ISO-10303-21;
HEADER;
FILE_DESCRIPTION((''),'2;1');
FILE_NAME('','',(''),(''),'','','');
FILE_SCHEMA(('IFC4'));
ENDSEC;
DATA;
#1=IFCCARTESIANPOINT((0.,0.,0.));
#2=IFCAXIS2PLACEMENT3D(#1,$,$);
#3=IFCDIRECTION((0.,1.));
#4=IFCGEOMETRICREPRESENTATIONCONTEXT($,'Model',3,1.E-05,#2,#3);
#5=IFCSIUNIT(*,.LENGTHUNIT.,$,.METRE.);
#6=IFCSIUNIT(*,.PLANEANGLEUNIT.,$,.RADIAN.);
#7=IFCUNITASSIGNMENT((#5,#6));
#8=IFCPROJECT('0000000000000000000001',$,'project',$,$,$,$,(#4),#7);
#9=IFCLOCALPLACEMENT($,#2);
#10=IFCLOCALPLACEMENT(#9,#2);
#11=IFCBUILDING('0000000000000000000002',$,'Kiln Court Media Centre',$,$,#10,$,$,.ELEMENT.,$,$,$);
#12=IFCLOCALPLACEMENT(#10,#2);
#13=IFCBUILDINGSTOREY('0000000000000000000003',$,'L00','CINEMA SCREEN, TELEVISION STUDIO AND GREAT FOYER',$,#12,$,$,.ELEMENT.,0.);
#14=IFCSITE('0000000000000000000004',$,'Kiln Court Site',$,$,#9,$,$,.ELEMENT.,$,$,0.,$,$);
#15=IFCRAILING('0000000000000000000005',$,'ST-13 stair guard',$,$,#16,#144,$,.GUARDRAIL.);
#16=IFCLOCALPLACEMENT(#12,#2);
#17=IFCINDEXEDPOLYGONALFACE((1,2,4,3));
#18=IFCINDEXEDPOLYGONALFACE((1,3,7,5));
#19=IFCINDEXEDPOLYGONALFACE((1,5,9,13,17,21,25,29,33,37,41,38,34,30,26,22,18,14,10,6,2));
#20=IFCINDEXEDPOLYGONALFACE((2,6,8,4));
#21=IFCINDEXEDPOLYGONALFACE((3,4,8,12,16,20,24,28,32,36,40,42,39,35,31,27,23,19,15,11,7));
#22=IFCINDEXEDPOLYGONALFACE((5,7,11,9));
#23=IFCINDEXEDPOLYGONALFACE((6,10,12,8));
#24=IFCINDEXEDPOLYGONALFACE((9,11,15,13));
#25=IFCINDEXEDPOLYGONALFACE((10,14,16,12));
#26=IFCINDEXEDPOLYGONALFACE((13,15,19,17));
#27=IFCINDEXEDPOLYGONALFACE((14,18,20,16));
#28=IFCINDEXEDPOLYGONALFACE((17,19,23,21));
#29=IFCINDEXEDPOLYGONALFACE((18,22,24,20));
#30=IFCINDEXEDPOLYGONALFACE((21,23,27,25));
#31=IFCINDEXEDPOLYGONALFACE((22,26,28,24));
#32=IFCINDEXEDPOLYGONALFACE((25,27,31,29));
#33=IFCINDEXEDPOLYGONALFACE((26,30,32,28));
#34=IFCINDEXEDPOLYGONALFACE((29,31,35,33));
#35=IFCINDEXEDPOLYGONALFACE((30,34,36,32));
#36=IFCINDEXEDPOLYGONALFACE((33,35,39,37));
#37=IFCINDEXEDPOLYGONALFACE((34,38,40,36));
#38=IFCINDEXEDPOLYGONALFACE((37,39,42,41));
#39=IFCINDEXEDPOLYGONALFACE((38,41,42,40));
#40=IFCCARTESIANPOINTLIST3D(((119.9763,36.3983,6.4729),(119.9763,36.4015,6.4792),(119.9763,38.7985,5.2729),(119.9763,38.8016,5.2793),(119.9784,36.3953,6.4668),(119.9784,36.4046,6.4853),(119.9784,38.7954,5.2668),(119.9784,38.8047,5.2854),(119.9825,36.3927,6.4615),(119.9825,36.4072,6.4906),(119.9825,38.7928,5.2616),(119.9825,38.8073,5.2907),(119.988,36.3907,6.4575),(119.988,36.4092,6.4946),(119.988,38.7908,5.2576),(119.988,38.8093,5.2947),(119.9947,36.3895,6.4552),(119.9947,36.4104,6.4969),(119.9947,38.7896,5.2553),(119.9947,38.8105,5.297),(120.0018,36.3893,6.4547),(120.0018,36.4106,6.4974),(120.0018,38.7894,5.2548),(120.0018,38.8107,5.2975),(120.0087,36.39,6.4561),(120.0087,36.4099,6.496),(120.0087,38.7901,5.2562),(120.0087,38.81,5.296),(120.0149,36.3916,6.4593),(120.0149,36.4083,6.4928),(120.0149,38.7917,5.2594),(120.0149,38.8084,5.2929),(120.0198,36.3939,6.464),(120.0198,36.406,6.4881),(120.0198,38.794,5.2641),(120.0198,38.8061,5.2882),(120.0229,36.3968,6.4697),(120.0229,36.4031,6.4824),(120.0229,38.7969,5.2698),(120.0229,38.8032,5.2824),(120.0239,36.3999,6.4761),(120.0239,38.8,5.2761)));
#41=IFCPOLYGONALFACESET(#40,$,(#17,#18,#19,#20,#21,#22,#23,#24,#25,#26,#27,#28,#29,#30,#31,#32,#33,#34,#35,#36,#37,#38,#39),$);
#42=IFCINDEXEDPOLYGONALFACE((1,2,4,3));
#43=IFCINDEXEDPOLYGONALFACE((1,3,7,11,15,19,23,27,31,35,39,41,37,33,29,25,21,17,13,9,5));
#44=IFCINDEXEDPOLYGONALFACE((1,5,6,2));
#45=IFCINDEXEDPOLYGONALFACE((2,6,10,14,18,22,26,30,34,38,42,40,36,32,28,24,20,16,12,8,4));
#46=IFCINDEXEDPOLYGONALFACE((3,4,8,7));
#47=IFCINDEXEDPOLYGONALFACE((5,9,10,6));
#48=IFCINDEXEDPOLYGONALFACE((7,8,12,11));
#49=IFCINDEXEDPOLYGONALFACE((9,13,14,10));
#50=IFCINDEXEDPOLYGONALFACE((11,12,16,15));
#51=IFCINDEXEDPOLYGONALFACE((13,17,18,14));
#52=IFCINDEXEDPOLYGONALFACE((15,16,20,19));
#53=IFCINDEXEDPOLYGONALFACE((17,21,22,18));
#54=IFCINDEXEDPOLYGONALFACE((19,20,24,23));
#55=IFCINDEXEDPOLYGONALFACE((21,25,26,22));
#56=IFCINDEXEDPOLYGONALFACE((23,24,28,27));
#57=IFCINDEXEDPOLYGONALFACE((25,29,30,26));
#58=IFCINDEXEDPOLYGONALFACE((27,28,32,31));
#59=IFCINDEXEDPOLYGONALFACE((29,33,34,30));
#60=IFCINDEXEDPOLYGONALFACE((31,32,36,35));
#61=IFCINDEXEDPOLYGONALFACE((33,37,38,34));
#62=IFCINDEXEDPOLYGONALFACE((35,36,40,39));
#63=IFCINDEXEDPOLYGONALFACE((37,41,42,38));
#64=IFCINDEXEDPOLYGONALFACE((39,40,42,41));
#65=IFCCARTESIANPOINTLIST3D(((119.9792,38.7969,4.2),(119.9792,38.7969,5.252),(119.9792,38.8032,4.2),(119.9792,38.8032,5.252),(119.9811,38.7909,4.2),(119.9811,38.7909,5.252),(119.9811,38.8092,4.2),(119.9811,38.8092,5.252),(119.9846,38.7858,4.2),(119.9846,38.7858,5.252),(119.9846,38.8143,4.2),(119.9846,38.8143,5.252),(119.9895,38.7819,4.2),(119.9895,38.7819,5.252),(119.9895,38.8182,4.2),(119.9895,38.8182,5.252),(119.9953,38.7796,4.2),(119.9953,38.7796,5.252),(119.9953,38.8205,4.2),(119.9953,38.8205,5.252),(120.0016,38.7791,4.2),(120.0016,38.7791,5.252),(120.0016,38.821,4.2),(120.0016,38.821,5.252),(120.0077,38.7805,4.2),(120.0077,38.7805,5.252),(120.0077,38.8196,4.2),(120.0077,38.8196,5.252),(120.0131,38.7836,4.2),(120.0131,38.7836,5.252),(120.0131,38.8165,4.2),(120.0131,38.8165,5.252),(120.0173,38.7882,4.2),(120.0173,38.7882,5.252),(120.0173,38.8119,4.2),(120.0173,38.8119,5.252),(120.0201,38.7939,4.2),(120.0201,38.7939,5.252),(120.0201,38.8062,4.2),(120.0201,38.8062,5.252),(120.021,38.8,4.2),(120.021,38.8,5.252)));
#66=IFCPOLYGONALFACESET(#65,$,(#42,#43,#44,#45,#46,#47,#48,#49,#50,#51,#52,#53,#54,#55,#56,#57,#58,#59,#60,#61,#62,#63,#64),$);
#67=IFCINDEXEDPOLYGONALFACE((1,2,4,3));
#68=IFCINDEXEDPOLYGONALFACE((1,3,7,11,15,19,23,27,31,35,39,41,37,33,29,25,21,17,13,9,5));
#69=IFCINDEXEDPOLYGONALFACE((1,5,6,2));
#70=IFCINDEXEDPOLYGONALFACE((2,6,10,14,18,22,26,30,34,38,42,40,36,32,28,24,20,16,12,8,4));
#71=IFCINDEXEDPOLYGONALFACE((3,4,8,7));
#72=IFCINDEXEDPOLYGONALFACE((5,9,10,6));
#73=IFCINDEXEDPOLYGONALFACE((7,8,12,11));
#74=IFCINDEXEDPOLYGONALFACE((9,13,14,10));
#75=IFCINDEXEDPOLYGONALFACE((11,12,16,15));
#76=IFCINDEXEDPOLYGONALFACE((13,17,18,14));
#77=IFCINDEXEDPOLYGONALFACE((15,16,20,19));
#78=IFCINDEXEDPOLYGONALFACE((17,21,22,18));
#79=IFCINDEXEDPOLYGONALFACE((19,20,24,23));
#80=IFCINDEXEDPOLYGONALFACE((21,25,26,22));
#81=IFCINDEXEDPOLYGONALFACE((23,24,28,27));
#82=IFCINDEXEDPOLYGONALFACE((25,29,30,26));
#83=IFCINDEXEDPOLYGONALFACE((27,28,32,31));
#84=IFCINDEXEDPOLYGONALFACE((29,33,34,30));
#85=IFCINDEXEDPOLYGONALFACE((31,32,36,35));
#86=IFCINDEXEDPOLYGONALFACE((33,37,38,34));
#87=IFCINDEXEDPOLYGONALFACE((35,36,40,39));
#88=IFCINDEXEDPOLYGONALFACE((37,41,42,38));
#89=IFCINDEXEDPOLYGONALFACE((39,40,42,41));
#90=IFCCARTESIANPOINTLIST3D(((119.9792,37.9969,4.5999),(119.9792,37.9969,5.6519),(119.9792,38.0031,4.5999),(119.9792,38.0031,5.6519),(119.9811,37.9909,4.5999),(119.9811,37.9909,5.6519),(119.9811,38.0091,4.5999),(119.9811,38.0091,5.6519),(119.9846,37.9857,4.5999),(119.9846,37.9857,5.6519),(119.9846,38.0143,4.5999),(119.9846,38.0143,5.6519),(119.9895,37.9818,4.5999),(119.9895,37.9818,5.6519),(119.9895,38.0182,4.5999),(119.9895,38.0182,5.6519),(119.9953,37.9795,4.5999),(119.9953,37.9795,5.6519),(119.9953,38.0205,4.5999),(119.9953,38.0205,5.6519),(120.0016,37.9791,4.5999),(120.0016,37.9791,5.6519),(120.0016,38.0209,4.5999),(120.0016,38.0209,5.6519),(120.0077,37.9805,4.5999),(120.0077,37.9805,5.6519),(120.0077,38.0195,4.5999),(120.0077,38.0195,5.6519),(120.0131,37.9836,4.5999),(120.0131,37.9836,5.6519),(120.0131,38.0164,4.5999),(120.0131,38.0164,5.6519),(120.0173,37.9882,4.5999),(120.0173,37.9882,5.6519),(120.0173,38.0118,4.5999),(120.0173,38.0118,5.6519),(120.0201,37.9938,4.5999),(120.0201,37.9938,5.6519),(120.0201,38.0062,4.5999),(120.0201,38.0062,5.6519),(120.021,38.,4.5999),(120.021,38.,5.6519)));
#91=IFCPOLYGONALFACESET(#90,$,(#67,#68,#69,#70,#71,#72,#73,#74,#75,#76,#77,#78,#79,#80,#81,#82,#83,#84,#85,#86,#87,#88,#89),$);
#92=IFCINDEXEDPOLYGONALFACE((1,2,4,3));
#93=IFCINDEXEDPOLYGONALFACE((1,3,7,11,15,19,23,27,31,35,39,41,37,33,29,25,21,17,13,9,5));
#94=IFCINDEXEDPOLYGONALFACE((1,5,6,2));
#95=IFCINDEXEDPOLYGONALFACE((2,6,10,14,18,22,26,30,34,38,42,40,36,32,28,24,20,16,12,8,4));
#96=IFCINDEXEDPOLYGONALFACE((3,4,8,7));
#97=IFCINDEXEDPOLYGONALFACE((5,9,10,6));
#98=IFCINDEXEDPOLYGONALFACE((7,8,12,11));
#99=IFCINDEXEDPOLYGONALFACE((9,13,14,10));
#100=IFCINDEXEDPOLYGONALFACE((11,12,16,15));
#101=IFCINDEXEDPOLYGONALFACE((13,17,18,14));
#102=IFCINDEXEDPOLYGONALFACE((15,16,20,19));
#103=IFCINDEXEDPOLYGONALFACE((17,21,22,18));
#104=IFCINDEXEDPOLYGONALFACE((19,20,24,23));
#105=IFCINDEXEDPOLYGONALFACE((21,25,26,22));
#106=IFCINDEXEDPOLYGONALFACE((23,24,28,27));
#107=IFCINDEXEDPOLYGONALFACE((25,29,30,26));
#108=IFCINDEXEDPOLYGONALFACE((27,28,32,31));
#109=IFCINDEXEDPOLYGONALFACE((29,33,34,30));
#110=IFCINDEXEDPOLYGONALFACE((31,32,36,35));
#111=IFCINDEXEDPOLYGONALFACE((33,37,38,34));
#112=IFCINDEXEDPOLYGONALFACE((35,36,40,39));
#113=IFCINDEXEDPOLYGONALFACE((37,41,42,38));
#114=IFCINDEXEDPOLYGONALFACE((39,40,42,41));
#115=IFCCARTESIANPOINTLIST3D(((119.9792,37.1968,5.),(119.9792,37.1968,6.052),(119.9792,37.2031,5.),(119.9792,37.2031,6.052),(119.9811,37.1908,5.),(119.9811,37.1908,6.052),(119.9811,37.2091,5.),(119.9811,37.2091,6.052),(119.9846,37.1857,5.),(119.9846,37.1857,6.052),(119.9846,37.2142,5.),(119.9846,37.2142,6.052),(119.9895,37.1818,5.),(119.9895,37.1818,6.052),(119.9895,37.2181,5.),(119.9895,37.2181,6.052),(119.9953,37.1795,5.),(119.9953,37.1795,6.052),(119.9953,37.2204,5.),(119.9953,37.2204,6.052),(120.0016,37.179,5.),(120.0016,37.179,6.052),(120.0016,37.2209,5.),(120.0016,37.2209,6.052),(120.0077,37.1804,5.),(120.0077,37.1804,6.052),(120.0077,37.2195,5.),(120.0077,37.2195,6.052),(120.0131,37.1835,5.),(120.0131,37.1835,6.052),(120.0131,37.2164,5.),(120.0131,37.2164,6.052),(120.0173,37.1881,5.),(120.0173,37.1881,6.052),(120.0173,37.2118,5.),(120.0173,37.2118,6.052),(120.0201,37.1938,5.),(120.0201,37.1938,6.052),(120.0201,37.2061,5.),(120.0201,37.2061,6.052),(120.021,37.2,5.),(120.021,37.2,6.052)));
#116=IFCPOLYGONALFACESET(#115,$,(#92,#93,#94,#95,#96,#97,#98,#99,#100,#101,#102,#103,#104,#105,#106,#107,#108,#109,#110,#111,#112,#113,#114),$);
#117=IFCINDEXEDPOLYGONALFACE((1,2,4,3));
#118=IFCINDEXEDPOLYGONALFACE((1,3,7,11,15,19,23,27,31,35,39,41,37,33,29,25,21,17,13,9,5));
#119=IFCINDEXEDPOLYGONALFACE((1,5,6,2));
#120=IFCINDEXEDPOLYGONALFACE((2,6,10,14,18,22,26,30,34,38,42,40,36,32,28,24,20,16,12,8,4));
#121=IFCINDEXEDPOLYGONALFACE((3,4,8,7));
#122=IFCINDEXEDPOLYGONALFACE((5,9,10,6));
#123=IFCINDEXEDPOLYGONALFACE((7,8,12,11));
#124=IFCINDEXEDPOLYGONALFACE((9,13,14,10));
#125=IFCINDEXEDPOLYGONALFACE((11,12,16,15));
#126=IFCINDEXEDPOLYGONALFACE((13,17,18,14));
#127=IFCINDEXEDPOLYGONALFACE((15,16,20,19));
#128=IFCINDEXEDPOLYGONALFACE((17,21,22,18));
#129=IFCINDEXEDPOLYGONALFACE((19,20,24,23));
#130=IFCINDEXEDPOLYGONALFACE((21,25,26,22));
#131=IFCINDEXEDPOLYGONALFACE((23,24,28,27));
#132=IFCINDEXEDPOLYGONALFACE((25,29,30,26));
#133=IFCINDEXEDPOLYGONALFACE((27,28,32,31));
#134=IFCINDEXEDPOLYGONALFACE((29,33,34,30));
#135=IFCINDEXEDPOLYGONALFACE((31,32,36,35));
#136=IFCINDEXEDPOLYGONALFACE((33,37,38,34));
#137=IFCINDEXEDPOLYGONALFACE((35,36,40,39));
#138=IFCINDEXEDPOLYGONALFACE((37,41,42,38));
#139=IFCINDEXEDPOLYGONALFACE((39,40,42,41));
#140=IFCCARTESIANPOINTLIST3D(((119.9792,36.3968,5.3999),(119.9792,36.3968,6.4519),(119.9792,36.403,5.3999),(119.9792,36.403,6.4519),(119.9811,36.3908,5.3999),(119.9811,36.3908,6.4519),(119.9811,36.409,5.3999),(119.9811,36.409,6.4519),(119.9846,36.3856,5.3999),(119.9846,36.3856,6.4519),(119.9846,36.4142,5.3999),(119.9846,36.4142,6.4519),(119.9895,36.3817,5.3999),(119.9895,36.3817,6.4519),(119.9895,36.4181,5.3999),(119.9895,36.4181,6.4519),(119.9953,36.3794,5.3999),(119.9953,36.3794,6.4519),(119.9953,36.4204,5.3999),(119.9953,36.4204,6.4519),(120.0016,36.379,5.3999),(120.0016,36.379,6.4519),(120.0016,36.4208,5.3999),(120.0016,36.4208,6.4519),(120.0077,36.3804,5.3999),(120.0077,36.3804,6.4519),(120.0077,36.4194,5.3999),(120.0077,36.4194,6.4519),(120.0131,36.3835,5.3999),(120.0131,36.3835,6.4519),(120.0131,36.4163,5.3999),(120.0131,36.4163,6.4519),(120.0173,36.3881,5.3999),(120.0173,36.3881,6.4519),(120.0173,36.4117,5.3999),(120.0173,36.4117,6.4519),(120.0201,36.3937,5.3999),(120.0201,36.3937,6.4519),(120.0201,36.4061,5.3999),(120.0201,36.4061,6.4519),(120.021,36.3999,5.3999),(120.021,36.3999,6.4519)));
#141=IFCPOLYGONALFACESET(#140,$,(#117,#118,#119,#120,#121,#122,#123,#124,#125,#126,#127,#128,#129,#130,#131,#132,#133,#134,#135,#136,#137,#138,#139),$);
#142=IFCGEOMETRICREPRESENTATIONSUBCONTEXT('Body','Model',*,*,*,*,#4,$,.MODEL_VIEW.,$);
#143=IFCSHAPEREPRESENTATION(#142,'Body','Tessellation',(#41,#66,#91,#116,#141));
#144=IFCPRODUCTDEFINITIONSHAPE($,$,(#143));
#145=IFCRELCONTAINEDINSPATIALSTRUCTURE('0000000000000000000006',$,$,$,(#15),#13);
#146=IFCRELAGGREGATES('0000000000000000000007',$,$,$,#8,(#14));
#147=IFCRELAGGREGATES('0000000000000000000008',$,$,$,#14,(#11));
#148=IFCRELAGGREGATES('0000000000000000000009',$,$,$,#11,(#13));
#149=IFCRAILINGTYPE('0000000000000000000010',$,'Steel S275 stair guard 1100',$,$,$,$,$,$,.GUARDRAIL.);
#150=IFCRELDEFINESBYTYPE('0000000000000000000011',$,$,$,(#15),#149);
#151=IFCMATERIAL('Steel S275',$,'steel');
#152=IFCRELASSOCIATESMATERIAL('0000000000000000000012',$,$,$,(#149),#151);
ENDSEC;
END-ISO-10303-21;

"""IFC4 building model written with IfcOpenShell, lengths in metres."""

from ifc_helpers import new_model, si_unit, direction, frame, origin, origin_2d, place, context, subcontext, project, spatial, circle, extrude, material, type_object, element, save


model = new_model("IFC4")

# Units and contexts
model_context = context("Model", 3, precision=1e-05, world=origin(), true_north=direction((0.0, 1.0)))
body_context = subcontext(model_context, "Body", "Model", "MODEL_VIEW")
ifc_project = project(units=[si_unit("LENGTHUNIT", "METRE"), si_unit("PLANEANGLEUNIT", "RADIAN")], contexts=[model_context])

# Site, building, storey
site_placement = place(None, origin())
site = spatial("IfcSite", under=ifc_project, at=site_placement, Name="Kiln Court Site", CompositionType="ELEMENT", RefElevation=0.0)
building_placement = place(site_placement, origin())
building = spatial("IfcBuilding", under=site, at=building_placement, Name="Kiln Court Media Centre", CompositionType="ELEMENT")
storey_placement = place(building_placement, origin())
storey = spatial("IfcBuildingStorey", under=building, at=storey_placement, Name="L00", Description="CINEMA SCREEN, TELEVISION STUDIO AND GREAT FOYER", CompositionType="ELEMENT", Elevation=0.0)

# Railing
ifc_material_1 = material(Name="Steel S275", Category="steel")
railing_type_1 = type_object("IfcRailingType", Name="Steel S275 stair guard 1100", PredefinedType="GUARDRAIL", material=ifc_material_1)
railing_1_placement = place(storey_placement, frame((120.0, 38.8, 4.2)))
element("IfcRailing", 1, at=railing_1_placement, inside=storey, type_object=railing_type_1, Name="ST-13 stair guard", PredefinedType="GUARDRAIL", context=body_context, shape_type="SweptSolid", body=[
    extrude(circle(Radius=0.0239, at=origin_2d()), frame((0.0, 0.0, 1.0762), z_axis=(0.0, -0.894445, 0.447177), x_axis=(1.0, 0.0, 0.0)), (0.0, 0.0, 1.0), 2.6833),
    extrude(circle(Radius=0.021, at=origin_2d()), origin(), (0.0, 0.0, 1.0), 1.052),
    extrude(circle(Radius=0.021, at=origin_2d()), frame((0.0, -0.8, 0.3999)), (0.0, 0.0, 1.0), 1.052),
    extrude(circle(Radius=0.021, at=origin_2d()), frame((0.0, -1.6001, 0.8)), (0.0, 0.0, 1.0), 1.052),
    extrude(circle(Radius=0.021, at=origin_2d()), frame((0.0, -2.4001, 1.2)), (0.0, 0.0, 1.0), 1.052),
])

save(model, "model.ifc")
